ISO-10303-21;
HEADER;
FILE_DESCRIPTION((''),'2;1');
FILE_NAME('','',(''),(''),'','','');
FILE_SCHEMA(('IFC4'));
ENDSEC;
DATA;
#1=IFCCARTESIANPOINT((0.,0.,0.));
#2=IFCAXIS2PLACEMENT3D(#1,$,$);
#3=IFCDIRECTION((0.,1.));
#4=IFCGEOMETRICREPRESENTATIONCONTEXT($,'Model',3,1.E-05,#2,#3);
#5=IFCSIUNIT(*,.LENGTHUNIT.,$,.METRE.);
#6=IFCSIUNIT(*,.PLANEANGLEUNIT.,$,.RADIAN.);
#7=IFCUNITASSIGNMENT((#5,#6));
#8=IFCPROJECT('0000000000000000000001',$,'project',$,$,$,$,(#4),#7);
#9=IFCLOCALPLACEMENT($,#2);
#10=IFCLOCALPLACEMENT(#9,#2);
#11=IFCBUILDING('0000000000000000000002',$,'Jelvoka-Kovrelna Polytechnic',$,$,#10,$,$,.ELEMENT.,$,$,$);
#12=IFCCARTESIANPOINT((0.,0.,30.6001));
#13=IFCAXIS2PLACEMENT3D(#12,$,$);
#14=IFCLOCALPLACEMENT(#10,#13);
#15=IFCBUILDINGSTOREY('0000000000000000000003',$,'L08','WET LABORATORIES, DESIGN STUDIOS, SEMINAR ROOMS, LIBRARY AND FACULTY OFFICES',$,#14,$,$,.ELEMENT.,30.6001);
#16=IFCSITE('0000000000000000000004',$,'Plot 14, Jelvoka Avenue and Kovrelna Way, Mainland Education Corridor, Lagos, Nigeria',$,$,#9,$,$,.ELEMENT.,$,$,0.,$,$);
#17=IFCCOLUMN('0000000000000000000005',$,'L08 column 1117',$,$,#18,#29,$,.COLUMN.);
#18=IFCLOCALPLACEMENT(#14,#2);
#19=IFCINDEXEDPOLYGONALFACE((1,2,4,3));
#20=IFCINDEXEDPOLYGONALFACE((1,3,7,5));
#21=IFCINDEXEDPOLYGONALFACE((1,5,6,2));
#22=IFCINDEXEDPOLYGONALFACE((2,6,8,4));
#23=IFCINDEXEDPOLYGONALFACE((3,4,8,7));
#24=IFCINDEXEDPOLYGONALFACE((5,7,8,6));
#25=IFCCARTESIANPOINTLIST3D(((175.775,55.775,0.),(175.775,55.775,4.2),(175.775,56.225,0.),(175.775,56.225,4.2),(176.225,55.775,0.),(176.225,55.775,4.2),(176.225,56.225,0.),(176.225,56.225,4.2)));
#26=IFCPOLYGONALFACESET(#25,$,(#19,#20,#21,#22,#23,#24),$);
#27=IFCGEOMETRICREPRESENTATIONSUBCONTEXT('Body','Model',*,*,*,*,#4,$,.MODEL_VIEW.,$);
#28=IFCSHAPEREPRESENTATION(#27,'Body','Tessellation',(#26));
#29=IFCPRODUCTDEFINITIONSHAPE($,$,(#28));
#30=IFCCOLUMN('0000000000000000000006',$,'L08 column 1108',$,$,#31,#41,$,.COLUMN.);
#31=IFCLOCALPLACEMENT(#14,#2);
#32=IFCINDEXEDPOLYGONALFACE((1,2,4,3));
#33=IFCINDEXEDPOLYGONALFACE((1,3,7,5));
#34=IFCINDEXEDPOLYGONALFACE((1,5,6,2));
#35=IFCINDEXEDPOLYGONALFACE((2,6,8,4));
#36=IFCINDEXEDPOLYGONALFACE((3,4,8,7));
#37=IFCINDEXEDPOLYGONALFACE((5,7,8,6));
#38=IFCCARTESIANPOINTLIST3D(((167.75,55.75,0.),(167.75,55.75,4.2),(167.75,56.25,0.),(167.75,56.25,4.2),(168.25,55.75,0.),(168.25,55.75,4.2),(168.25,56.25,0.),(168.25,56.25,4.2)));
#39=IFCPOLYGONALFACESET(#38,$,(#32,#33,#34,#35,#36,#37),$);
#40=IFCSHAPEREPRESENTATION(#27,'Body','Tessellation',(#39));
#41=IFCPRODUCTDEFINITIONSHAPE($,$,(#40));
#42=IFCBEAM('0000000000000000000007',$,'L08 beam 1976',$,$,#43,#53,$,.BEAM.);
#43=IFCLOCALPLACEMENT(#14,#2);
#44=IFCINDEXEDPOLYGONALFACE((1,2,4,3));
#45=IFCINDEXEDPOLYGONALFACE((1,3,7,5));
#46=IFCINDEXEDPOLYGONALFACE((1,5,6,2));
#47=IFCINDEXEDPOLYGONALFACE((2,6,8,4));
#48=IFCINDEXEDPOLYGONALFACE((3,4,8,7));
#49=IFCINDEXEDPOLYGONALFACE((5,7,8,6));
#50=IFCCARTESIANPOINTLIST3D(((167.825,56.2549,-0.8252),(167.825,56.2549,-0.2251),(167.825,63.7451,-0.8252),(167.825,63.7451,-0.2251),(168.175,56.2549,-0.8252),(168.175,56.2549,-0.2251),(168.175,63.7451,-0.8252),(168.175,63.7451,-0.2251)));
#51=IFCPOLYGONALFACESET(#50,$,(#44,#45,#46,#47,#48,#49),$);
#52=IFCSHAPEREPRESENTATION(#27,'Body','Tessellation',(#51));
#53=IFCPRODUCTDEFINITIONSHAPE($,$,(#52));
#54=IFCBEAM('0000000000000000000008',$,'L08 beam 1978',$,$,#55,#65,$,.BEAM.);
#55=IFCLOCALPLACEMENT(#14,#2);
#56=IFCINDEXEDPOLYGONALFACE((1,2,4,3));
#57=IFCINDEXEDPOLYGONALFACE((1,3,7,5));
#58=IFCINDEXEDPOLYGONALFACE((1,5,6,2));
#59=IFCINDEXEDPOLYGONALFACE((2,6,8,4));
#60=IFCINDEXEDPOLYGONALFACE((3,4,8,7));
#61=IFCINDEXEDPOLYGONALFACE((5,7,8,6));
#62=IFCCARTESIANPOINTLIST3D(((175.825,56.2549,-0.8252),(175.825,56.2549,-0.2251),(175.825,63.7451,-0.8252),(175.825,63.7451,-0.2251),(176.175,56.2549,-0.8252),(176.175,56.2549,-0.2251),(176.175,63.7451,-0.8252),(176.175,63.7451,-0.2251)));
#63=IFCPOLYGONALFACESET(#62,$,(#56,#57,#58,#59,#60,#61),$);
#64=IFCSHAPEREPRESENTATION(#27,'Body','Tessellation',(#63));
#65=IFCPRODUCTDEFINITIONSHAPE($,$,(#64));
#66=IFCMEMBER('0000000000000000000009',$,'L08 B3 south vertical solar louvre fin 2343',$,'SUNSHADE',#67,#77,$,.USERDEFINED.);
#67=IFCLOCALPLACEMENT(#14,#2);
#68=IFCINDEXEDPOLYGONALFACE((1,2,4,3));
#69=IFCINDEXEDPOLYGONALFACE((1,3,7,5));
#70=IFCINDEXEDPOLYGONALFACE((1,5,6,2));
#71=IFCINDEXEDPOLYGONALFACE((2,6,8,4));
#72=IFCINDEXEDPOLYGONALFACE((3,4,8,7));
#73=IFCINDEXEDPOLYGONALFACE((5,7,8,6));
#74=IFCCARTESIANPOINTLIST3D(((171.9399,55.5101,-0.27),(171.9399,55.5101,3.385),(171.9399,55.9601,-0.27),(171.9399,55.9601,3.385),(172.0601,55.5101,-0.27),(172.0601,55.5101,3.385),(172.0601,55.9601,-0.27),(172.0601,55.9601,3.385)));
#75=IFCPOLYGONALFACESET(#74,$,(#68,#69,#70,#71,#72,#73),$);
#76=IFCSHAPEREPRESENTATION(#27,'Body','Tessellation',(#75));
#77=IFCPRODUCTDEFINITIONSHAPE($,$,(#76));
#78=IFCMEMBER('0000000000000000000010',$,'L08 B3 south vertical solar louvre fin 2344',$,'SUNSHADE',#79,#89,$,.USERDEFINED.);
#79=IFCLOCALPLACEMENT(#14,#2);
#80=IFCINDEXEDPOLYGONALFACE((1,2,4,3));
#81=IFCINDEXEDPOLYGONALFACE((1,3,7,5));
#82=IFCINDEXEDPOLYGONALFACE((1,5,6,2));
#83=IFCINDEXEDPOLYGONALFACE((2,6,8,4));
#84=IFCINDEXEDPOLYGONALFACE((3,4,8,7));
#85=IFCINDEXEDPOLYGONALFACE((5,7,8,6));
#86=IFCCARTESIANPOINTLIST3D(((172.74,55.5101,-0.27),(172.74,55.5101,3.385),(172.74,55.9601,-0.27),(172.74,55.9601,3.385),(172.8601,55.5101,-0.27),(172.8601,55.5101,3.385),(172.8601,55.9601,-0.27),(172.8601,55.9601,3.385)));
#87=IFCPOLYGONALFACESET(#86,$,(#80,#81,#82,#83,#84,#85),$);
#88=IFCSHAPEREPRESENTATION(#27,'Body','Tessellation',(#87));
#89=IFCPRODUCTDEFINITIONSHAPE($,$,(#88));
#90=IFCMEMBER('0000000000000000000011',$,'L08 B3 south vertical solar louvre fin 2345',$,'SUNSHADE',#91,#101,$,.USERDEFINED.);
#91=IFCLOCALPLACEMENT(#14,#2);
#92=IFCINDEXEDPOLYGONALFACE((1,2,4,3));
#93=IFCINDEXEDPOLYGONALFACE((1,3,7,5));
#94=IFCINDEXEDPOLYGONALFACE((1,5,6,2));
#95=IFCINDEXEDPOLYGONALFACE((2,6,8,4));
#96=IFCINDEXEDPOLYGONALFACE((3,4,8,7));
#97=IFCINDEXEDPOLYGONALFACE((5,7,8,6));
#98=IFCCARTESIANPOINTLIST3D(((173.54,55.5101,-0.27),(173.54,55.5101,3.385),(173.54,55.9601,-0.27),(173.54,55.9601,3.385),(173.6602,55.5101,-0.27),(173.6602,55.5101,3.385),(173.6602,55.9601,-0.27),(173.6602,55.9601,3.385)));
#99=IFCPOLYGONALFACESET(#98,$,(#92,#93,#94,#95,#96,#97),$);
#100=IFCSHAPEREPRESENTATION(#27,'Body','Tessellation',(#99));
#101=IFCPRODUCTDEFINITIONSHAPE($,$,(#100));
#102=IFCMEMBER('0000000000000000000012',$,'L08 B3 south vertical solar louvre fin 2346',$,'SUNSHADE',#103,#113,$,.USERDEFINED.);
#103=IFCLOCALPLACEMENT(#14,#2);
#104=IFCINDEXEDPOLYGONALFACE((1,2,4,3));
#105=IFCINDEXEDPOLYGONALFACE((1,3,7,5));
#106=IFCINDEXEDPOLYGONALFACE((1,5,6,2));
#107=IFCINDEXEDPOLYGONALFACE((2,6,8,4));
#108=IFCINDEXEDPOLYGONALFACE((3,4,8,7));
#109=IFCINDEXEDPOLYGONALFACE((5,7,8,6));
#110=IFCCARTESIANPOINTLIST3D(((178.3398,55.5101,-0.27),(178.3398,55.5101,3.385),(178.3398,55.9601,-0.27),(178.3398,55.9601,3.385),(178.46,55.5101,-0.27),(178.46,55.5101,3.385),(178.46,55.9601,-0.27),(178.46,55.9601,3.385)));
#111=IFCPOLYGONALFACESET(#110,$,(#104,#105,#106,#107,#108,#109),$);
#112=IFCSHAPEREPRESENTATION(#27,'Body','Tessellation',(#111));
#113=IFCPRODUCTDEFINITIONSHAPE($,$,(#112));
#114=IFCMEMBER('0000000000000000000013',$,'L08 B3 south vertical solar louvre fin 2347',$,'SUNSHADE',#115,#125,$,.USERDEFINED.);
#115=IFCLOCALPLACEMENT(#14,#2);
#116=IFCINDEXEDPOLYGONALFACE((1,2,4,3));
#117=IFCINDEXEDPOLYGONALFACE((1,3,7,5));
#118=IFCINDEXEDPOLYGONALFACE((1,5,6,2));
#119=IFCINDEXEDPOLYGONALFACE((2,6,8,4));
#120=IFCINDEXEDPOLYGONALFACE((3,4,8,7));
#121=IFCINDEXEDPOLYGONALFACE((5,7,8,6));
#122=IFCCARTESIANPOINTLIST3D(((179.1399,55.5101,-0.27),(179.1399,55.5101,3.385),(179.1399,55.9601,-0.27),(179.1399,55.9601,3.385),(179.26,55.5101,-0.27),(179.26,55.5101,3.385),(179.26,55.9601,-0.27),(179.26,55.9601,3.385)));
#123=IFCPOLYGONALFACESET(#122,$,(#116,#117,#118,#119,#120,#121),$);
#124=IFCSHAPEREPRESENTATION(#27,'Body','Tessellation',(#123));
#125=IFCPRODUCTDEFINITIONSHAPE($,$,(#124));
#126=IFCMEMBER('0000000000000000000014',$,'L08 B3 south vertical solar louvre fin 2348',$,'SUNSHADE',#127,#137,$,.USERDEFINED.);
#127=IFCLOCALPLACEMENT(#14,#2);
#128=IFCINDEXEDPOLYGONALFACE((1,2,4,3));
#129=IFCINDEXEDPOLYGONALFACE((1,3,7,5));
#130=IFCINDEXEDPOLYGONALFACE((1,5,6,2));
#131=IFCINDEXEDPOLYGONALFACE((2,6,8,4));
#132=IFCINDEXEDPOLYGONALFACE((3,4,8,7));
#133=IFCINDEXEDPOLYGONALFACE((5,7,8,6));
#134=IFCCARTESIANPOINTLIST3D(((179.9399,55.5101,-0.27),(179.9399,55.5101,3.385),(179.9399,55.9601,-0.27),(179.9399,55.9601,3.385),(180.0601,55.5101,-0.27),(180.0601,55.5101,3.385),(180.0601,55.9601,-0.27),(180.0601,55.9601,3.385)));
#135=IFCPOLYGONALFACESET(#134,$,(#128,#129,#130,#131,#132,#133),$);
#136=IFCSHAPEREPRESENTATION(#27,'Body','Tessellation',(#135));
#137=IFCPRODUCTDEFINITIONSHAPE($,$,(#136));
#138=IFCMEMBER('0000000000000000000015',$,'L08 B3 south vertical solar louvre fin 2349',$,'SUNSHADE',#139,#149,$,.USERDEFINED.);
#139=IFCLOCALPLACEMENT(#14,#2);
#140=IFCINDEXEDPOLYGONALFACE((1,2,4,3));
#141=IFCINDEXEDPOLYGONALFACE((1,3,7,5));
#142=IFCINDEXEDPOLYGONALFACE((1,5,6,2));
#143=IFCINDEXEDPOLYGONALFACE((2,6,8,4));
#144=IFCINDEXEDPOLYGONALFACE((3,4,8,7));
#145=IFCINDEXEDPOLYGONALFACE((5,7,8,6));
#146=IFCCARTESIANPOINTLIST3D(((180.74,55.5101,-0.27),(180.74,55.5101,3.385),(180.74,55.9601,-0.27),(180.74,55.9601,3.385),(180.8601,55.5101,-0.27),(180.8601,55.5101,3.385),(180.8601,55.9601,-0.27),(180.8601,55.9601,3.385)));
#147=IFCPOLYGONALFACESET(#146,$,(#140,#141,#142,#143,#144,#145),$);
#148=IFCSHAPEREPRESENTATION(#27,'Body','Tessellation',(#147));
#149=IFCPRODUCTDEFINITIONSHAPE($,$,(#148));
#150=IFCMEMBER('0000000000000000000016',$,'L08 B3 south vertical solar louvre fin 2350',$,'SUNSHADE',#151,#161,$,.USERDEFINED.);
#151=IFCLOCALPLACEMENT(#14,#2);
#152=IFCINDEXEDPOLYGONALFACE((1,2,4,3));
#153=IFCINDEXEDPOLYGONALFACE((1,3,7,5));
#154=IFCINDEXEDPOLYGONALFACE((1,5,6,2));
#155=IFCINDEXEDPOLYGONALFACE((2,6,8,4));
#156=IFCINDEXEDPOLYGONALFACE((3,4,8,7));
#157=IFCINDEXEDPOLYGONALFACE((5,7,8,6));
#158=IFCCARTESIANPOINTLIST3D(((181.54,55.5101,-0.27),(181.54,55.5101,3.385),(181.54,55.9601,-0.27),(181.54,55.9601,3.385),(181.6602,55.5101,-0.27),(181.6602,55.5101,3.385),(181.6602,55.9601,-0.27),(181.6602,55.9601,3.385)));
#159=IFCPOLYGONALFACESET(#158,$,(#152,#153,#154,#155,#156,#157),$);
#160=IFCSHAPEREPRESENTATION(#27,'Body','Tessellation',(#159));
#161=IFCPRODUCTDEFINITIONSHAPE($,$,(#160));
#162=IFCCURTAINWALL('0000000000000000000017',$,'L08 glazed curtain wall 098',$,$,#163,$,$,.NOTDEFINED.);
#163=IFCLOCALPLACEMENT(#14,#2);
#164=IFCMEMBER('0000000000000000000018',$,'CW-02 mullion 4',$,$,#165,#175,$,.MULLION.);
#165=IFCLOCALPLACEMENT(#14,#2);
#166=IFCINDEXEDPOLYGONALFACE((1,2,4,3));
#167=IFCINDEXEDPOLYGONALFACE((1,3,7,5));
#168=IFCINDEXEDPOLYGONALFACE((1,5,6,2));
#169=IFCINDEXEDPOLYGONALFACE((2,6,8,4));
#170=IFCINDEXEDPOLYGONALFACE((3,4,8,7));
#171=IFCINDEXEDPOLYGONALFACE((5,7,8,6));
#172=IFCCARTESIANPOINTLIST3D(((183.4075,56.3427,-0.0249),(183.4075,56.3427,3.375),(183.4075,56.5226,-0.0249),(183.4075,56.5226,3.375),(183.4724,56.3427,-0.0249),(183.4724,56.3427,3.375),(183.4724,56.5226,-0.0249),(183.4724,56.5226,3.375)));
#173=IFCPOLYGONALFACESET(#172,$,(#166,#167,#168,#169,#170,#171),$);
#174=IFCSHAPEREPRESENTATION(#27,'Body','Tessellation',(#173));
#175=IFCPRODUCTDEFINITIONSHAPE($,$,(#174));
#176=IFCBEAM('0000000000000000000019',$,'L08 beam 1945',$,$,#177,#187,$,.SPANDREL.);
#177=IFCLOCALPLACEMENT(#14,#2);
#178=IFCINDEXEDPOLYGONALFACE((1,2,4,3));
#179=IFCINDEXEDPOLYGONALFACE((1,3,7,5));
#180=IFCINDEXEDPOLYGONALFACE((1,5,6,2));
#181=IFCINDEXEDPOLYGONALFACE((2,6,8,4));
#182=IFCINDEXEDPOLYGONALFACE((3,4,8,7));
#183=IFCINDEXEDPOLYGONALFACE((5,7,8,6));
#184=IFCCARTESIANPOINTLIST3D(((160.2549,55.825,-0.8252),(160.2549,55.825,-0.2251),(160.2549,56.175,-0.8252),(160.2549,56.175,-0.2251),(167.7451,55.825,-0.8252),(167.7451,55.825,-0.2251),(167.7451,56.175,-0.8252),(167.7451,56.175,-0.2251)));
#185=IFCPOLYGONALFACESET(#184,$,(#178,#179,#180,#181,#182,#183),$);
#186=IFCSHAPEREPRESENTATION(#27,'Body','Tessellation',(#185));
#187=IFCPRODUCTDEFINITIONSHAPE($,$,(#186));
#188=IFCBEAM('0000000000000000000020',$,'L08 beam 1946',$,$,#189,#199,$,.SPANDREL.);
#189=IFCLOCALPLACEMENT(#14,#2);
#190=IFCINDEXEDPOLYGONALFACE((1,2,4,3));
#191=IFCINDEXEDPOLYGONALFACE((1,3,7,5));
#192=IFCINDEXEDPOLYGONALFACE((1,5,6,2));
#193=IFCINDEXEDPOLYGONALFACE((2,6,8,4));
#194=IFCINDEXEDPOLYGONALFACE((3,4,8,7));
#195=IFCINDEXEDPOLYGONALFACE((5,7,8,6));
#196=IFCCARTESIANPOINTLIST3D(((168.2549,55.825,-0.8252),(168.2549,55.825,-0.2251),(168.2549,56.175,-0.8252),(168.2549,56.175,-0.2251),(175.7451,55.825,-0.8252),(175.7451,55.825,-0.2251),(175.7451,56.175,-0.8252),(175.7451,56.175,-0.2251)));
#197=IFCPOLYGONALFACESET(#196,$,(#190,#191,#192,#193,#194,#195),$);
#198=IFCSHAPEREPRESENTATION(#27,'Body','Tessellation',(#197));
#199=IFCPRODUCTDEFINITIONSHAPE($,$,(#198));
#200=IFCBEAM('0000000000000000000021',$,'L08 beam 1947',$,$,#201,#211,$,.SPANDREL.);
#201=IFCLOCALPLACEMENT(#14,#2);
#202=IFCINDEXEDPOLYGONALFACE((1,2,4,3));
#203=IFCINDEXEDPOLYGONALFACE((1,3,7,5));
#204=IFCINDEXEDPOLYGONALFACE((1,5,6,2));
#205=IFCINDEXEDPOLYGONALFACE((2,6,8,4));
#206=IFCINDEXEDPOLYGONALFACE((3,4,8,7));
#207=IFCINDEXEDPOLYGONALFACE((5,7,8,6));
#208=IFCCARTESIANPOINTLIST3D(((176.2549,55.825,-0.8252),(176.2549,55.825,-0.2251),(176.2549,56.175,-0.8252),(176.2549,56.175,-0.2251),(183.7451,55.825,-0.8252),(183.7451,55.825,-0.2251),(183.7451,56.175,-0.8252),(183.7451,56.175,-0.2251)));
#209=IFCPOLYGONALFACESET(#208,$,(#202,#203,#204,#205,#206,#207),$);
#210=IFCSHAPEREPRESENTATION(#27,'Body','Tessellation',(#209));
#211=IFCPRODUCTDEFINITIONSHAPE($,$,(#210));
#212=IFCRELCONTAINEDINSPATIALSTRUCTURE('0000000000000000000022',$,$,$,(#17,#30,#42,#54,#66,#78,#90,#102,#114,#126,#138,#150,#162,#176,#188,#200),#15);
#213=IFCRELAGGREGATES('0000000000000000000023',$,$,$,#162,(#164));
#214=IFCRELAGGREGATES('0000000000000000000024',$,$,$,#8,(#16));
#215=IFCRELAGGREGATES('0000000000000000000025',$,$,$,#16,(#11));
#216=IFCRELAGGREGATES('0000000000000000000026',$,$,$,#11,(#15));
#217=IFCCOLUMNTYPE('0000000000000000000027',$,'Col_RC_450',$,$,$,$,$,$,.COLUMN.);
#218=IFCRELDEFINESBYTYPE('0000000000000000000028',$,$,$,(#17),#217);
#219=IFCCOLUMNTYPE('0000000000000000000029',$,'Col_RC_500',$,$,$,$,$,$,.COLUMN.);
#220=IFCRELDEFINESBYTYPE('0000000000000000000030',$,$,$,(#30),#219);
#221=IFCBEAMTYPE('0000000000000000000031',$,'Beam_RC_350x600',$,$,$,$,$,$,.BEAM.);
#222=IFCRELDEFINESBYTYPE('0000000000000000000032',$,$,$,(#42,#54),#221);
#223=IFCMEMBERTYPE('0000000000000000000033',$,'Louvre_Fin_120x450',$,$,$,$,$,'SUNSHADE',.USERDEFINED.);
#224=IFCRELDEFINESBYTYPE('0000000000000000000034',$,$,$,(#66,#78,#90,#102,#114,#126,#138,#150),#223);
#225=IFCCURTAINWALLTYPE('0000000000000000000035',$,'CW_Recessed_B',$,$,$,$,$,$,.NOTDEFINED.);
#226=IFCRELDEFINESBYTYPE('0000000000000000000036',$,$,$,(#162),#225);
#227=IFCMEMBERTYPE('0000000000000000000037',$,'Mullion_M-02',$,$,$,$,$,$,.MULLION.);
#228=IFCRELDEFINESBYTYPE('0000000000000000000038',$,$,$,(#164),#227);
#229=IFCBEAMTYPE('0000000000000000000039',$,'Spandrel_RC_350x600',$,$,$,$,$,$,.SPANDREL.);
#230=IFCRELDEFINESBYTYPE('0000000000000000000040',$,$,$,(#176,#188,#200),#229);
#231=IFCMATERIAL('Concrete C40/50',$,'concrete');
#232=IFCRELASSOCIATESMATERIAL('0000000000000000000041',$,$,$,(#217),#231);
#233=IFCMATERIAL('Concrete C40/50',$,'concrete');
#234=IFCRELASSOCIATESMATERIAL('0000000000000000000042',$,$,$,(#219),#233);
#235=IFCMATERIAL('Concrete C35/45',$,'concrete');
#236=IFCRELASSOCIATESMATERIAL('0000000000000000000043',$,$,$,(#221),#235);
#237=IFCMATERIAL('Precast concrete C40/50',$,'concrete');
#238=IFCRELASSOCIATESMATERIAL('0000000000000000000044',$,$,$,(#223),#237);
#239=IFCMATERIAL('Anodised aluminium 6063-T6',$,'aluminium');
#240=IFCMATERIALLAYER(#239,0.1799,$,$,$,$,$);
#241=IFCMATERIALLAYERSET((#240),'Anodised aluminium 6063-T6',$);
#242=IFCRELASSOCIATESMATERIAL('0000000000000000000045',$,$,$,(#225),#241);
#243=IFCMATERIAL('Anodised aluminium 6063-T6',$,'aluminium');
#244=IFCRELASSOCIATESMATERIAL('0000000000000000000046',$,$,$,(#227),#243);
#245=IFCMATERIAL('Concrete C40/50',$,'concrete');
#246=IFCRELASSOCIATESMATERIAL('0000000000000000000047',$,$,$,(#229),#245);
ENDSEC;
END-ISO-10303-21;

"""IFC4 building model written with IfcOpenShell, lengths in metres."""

from ifc_helpers import new_model, si_unit, direction, frame, origin, origin_2d, place, context, subcontext, project, spatial, rectangle, extrude, material, layer, layer_set, material_profile, profile_set, type_object, element, aggregate, save


model = new_model("IFC4")

# Units and contexts
model_context = context("Model", 3, precision=1e-05, world=origin(), true_north=direction((0.0, 1.0)))
body_context = subcontext(model_context, "Body", "Model", "MODEL_VIEW")
ifc_project = project(units=[si_unit("LENGTHUNIT", "METRE"), si_unit("PLANEANGLEUNIT", "RADIAN")], contexts=[model_context])

# Site, building, storey
site_placement = place(None, origin())
site = spatial("IfcSite", under=ifc_project, at=site_placement, Name="Plot 14, Jelvoka Avenue and Kovrelna Way, Mainland Education Corridor, Lagos, Nigeria", CompositionType="ELEMENT", RefElevation=0.0)
building_placement = place(site_placement, origin())
building = spatial("IfcBuilding", under=site, at=building_placement, Name="Jelvoka-Kovrelna Polytechnic", CompositionType="ELEMENT")
storey_placement = place(building_placement, frame((0.0, 0.0, 30.6001)))
storey = spatial("IfcBuildingStorey", under=building, at=storey_placement, Name="L08", Description="WET LABORATORIES, DESIGN STUDIOS, SEMINAR ROOMS, LIBRARY AND FACULTY OFFICES", CompositionType="ELEMENT", Elevation=30.6001)

# Columns
ifc_material_1 = material(Name="Concrete C40/50", Category="concrete")
ifc_material_profile_1 = material_profile(ifc_material_1, rectangle(XDim=0.45, YDim=0.45, at=origin_2d()), Name="RC 450x450")
ifc_profile_set_1 = profile_set([ifc_material_profile_1], Name="Concrete C40/50")
column_type_1 = type_object("IfcColumnType", Name="Col_RC_450", PredefinedType="COLUMN", material=ifc_profile_set_1)
column_1_placement = place(storey_placement, frame((176.0, 56.0, 0.0), z_axis=(0.0, 0.0, 1.0), x_axis=(1.0, 0.0, 0.0)))
element("IfcColumn", 1, at=column_1_placement, inside=storey, type_object=column_type_1, Name="L08 column 1117", PredefinedType="COLUMN", context=body_context, shape_type="SweptSolid", body=[
    extrude(rectangle(XDim=0.45, YDim=0.45, at=origin_2d()), origin(), (0.0, 0.0, 1.0), 4.2),
])
ifc_material_2 = material(Name="Concrete C40/50", Category="concrete")
ifc_material_profile_2 = material_profile(ifc_material_2, rectangle(XDim=0.5, YDim=0.5, at=origin_2d()), Name="RC 500x500")
ifc_profile_set_2 = profile_set([ifc_material_profile_2], Name="Concrete C40/50")
column_type_2 = type_object("IfcColumnType", Name="Col_RC_500", PredefinedType="COLUMN", material=ifc_profile_set_2)
column_2_placement = place(storey_placement, frame((168.0, 56.0, 0.0), z_axis=(0.0, 0.0, 1.0), x_axis=(1.0, 0.0, 0.0)))
element("IfcColumn", 2, at=column_2_placement, inside=storey, type_object=column_type_2, Name="L08 column 1108", PredefinedType="COLUMN", context=body_context, shape_type="SweptSolid", body=[
    extrude(rectangle(XDim=0.5, YDim=0.5, at=origin_2d()), origin(), (0.0, 0.0, 1.0), 4.2),
])

# Beams
ifc_material_3 = material(Name="Concrete C35/45", Category="concrete")
ifc_material_profile_3 = material_profile(ifc_material_3, rectangle(XDim=0.3501, YDim=0.6001, at=origin_2d()), Name="RC 350x600")
ifc_profile_set_3 = profile_set([ifc_material_profile_3], Name="Concrete C35/45")
beam_type_1 = type_object("IfcBeamType", Name="Beam_RC_350x600", PredefinedType="BEAM", material=ifc_profile_set_3)
for number, where, z_axis, x_axis, name in (
    (3, (168.0, 56.2549, -0.5251), (0.0, 1.0, 0.0), (-1.0, 0.0, 0.0), "L08 beam 1976"),
    (4, (176.0, 56.2549, -0.5251), (0.0, 1.0, 0.0), (-1.0, 0.0, 0.0), "L08 beam 1978"),
):
    element("IfcBeam", number, at=place(storey_placement, frame(where, z_axis=z_axis, x_axis=x_axis)), inside=storey, type_object=beam_type_1, Name=name, PredefinedType="BEAM", context=body_context, shape_type="SweptSolid", body=[
        extrude(rectangle(XDim=0.3501, YDim=0.6001, at=origin_2d()), origin(), (0.0, 0.0, 1.0), 7.4902),
    ])

# Members
ifc_material_4 = material(Name="Precast concrete C40/50", Category="concrete")
ifc_material_profile_4 = material_profile(ifc_material_4, rectangle(XDim=0.1201, YDim=0.45, at=origin_2d()), Name="PC 120x450")
ifc_profile_set_4 = profile_set([ifc_material_profile_4], Name="Precast concrete C40/50")
member_type_1 = type_object("IfcMemberType", Name="Louvre_Fin_120x450", ElementType="SUNSHADE", PredefinedType="USERDEFINED", material=ifc_profile_set_4)
for number, where, z_axis, x_axis, name in (
    (5, (172.0, 55.7351, -0.27), (0.0, 0.0, 1.0), (1.0, 0.0, 0.0), "L08 B3 south vertical solar louvre fin 2343"),
    (6, (172.8, 55.7351, -0.27), (0.0, 0.0, 1.0), (1.0, 0.0, 0.0), "L08 B3 south vertical solar louvre fin 2344"),
    (7, (173.6001, 55.7351, -0.27), (0.0, 0.0, 1.0), (1.0, 0.0, 0.0), "L08 B3 south vertical solar louvre fin 2345"),
    (8, (178.3999, 55.7351, -0.27), (0.0, 0.0, 1.0), (1.0, 0.0, 0.0), "L08 B3 south vertical solar louvre fin 2346"),
    (9, (179.2, 55.7351, -0.27), (0.0, 0.0, 1.0), (1.0, 0.0, 0.0), "L08 B3 south vertical solar louvre fin 2347"),
    (10, (180.0, 55.7351, -0.27), (0.0, 0.0, 1.0), (1.0, 0.0, 0.0), "L08 B3 south vertical solar louvre fin 2348"),
    (11, (180.8, 55.7351, -0.27), (0.0, 0.0, 1.0), (1.0, 0.0, 0.0), "L08 B3 south vertical solar louvre fin 2349"),
    (12, (181.6001, 55.7351, -0.27), (0.0, 0.0, 1.0), (1.0, 0.0, 0.0), "L08 B3 south vertical solar louvre fin 2350"),
):
    element("IfcMember", number, at=place(storey_placement, frame(where, z_axis=z_axis, x_axis=x_axis)), inside=storey, type_object=member_type_1, Name=name, ObjectType="SUNSHADE", PredefinedType="USERDEFINED", context=body_context, shape_type="SweptSolid", body=[
        extrude(rectangle(XDim=0.1201, YDim=0.45, at=origin_2d()), origin(), (0.0, 0.0, 1.0), 3.655),
    ])

# Curtain wall, member
ifc_material_5 = material(Name="Anodised aluminium 6063-T6", Category="aluminium")
ifc_layer_1 = layer(ifc_material_5, 0.1799)
ifc_layer_set_1 = layer_set([ifc_layer_1], Name="Anodised aluminium 6063-T6")
curtain_wall_type = type_object("IfcCurtainWallType", Name="CW_Recessed_B", PredefinedType="NOTDEFINED", material=ifc_layer_set_1)
curtain_wall_placement = place(storey_placement, origin())
curtain_wall = element("IfcCurtainWall", 13, at=curtain_wall_placement, inside=storey, type_object=curtain_wall_type, Name="L08 glazed curtain wall 098", PredefinedType="NOTDEFINED")
ifc_material_6 = material(Name="Anodised aluminium 6063-T6", Category="aluminium")
ifc_material_profile_5 = material_profile(ifc_material_6, rectangle(XDim=0.0649, YDim=0.1799, at=origin_2d()), Name="ALU 65x180")
ifc_profile_set_5 = profile_set([ifc_material_profile_5], Name="Anodised aluminium 6063-T6")
member_type_2 = type_object("IfcMemberType", Name="Mullion_M-02", PredefinedType="MULLION", material=ifc_profile_set_5)
member_placement = place(storey_placement, frame((183.4399, 56.4326, -0.0249), z_axis=(0.0, 0.0, 1.0), x_axis=(1.0, 0.0, 0.0)))
member = element("IfcMember", 14, at=member_placement, type_object=member_type_2, Name="CW-02 mullion 4", PredefinedType="MULLION", context=body_context, shape_type="SweptSolid", body=[
    extrude(rectangle(XDim=0.0649, YDim=0.1799, at=origin_2d()), origin(), (0.0, 0.0, 1.0), 3.3999),
])
aggregate(curtain_wall, [member])

# Beams
ifc_material_7 = material(Name="Concrete C40/50", Category="concrete")
ifc_material_profile_6 = material_profile(ifc_material_7, rectangle(XDim=0.3501, YDim=0.6001, at=origin_2d()), Name="RC 350x600")
ifc_profile_set_6 = profile_set([ifc_material_profile_6], Name="Concrete C40/50")
beam_type_2 = type_object("IfcBeamType", Name="Spandrel_RC_350x600", PredefinedType="SPANDREL", material=ifc_profile_set_6)
for number, where, z_axis, x_axis, name in (
    (15, (160.2549, 56.0, -0.5251), (1.0, 0.0, 0.0), (0.0, 1.0, 0.0), "L08 beam 1945"),
    (16, (168.2549, 56.0, -0.5251), (1.0, 0.0, 0.0), (0.0, 1.0, 0.0), "L08 beam 1946"),
    (17, (176.2549, 56.0, -0.5251), (1.0, 0.0, 0.0), (0.0, 1.0, 0.0), "L08 beam 1947"),
):
    element("IfcBeam", number, at=place(storey_placement, frame(where, z_axis=z_axis, x_axis=x_axis)), inside=storey, type_object=beam_type_2, Name=name, PredefinedType="SPANDREL", context=body_context, shape_type="SweptSolid", body=[
        extrude(rectangle(XDim=0.3501, YDim=0.6001, at=origin_2d()), origin(), (0.0, 0.0, 1.0), 7.4902),
    ])

save(model, "model.ifc")
